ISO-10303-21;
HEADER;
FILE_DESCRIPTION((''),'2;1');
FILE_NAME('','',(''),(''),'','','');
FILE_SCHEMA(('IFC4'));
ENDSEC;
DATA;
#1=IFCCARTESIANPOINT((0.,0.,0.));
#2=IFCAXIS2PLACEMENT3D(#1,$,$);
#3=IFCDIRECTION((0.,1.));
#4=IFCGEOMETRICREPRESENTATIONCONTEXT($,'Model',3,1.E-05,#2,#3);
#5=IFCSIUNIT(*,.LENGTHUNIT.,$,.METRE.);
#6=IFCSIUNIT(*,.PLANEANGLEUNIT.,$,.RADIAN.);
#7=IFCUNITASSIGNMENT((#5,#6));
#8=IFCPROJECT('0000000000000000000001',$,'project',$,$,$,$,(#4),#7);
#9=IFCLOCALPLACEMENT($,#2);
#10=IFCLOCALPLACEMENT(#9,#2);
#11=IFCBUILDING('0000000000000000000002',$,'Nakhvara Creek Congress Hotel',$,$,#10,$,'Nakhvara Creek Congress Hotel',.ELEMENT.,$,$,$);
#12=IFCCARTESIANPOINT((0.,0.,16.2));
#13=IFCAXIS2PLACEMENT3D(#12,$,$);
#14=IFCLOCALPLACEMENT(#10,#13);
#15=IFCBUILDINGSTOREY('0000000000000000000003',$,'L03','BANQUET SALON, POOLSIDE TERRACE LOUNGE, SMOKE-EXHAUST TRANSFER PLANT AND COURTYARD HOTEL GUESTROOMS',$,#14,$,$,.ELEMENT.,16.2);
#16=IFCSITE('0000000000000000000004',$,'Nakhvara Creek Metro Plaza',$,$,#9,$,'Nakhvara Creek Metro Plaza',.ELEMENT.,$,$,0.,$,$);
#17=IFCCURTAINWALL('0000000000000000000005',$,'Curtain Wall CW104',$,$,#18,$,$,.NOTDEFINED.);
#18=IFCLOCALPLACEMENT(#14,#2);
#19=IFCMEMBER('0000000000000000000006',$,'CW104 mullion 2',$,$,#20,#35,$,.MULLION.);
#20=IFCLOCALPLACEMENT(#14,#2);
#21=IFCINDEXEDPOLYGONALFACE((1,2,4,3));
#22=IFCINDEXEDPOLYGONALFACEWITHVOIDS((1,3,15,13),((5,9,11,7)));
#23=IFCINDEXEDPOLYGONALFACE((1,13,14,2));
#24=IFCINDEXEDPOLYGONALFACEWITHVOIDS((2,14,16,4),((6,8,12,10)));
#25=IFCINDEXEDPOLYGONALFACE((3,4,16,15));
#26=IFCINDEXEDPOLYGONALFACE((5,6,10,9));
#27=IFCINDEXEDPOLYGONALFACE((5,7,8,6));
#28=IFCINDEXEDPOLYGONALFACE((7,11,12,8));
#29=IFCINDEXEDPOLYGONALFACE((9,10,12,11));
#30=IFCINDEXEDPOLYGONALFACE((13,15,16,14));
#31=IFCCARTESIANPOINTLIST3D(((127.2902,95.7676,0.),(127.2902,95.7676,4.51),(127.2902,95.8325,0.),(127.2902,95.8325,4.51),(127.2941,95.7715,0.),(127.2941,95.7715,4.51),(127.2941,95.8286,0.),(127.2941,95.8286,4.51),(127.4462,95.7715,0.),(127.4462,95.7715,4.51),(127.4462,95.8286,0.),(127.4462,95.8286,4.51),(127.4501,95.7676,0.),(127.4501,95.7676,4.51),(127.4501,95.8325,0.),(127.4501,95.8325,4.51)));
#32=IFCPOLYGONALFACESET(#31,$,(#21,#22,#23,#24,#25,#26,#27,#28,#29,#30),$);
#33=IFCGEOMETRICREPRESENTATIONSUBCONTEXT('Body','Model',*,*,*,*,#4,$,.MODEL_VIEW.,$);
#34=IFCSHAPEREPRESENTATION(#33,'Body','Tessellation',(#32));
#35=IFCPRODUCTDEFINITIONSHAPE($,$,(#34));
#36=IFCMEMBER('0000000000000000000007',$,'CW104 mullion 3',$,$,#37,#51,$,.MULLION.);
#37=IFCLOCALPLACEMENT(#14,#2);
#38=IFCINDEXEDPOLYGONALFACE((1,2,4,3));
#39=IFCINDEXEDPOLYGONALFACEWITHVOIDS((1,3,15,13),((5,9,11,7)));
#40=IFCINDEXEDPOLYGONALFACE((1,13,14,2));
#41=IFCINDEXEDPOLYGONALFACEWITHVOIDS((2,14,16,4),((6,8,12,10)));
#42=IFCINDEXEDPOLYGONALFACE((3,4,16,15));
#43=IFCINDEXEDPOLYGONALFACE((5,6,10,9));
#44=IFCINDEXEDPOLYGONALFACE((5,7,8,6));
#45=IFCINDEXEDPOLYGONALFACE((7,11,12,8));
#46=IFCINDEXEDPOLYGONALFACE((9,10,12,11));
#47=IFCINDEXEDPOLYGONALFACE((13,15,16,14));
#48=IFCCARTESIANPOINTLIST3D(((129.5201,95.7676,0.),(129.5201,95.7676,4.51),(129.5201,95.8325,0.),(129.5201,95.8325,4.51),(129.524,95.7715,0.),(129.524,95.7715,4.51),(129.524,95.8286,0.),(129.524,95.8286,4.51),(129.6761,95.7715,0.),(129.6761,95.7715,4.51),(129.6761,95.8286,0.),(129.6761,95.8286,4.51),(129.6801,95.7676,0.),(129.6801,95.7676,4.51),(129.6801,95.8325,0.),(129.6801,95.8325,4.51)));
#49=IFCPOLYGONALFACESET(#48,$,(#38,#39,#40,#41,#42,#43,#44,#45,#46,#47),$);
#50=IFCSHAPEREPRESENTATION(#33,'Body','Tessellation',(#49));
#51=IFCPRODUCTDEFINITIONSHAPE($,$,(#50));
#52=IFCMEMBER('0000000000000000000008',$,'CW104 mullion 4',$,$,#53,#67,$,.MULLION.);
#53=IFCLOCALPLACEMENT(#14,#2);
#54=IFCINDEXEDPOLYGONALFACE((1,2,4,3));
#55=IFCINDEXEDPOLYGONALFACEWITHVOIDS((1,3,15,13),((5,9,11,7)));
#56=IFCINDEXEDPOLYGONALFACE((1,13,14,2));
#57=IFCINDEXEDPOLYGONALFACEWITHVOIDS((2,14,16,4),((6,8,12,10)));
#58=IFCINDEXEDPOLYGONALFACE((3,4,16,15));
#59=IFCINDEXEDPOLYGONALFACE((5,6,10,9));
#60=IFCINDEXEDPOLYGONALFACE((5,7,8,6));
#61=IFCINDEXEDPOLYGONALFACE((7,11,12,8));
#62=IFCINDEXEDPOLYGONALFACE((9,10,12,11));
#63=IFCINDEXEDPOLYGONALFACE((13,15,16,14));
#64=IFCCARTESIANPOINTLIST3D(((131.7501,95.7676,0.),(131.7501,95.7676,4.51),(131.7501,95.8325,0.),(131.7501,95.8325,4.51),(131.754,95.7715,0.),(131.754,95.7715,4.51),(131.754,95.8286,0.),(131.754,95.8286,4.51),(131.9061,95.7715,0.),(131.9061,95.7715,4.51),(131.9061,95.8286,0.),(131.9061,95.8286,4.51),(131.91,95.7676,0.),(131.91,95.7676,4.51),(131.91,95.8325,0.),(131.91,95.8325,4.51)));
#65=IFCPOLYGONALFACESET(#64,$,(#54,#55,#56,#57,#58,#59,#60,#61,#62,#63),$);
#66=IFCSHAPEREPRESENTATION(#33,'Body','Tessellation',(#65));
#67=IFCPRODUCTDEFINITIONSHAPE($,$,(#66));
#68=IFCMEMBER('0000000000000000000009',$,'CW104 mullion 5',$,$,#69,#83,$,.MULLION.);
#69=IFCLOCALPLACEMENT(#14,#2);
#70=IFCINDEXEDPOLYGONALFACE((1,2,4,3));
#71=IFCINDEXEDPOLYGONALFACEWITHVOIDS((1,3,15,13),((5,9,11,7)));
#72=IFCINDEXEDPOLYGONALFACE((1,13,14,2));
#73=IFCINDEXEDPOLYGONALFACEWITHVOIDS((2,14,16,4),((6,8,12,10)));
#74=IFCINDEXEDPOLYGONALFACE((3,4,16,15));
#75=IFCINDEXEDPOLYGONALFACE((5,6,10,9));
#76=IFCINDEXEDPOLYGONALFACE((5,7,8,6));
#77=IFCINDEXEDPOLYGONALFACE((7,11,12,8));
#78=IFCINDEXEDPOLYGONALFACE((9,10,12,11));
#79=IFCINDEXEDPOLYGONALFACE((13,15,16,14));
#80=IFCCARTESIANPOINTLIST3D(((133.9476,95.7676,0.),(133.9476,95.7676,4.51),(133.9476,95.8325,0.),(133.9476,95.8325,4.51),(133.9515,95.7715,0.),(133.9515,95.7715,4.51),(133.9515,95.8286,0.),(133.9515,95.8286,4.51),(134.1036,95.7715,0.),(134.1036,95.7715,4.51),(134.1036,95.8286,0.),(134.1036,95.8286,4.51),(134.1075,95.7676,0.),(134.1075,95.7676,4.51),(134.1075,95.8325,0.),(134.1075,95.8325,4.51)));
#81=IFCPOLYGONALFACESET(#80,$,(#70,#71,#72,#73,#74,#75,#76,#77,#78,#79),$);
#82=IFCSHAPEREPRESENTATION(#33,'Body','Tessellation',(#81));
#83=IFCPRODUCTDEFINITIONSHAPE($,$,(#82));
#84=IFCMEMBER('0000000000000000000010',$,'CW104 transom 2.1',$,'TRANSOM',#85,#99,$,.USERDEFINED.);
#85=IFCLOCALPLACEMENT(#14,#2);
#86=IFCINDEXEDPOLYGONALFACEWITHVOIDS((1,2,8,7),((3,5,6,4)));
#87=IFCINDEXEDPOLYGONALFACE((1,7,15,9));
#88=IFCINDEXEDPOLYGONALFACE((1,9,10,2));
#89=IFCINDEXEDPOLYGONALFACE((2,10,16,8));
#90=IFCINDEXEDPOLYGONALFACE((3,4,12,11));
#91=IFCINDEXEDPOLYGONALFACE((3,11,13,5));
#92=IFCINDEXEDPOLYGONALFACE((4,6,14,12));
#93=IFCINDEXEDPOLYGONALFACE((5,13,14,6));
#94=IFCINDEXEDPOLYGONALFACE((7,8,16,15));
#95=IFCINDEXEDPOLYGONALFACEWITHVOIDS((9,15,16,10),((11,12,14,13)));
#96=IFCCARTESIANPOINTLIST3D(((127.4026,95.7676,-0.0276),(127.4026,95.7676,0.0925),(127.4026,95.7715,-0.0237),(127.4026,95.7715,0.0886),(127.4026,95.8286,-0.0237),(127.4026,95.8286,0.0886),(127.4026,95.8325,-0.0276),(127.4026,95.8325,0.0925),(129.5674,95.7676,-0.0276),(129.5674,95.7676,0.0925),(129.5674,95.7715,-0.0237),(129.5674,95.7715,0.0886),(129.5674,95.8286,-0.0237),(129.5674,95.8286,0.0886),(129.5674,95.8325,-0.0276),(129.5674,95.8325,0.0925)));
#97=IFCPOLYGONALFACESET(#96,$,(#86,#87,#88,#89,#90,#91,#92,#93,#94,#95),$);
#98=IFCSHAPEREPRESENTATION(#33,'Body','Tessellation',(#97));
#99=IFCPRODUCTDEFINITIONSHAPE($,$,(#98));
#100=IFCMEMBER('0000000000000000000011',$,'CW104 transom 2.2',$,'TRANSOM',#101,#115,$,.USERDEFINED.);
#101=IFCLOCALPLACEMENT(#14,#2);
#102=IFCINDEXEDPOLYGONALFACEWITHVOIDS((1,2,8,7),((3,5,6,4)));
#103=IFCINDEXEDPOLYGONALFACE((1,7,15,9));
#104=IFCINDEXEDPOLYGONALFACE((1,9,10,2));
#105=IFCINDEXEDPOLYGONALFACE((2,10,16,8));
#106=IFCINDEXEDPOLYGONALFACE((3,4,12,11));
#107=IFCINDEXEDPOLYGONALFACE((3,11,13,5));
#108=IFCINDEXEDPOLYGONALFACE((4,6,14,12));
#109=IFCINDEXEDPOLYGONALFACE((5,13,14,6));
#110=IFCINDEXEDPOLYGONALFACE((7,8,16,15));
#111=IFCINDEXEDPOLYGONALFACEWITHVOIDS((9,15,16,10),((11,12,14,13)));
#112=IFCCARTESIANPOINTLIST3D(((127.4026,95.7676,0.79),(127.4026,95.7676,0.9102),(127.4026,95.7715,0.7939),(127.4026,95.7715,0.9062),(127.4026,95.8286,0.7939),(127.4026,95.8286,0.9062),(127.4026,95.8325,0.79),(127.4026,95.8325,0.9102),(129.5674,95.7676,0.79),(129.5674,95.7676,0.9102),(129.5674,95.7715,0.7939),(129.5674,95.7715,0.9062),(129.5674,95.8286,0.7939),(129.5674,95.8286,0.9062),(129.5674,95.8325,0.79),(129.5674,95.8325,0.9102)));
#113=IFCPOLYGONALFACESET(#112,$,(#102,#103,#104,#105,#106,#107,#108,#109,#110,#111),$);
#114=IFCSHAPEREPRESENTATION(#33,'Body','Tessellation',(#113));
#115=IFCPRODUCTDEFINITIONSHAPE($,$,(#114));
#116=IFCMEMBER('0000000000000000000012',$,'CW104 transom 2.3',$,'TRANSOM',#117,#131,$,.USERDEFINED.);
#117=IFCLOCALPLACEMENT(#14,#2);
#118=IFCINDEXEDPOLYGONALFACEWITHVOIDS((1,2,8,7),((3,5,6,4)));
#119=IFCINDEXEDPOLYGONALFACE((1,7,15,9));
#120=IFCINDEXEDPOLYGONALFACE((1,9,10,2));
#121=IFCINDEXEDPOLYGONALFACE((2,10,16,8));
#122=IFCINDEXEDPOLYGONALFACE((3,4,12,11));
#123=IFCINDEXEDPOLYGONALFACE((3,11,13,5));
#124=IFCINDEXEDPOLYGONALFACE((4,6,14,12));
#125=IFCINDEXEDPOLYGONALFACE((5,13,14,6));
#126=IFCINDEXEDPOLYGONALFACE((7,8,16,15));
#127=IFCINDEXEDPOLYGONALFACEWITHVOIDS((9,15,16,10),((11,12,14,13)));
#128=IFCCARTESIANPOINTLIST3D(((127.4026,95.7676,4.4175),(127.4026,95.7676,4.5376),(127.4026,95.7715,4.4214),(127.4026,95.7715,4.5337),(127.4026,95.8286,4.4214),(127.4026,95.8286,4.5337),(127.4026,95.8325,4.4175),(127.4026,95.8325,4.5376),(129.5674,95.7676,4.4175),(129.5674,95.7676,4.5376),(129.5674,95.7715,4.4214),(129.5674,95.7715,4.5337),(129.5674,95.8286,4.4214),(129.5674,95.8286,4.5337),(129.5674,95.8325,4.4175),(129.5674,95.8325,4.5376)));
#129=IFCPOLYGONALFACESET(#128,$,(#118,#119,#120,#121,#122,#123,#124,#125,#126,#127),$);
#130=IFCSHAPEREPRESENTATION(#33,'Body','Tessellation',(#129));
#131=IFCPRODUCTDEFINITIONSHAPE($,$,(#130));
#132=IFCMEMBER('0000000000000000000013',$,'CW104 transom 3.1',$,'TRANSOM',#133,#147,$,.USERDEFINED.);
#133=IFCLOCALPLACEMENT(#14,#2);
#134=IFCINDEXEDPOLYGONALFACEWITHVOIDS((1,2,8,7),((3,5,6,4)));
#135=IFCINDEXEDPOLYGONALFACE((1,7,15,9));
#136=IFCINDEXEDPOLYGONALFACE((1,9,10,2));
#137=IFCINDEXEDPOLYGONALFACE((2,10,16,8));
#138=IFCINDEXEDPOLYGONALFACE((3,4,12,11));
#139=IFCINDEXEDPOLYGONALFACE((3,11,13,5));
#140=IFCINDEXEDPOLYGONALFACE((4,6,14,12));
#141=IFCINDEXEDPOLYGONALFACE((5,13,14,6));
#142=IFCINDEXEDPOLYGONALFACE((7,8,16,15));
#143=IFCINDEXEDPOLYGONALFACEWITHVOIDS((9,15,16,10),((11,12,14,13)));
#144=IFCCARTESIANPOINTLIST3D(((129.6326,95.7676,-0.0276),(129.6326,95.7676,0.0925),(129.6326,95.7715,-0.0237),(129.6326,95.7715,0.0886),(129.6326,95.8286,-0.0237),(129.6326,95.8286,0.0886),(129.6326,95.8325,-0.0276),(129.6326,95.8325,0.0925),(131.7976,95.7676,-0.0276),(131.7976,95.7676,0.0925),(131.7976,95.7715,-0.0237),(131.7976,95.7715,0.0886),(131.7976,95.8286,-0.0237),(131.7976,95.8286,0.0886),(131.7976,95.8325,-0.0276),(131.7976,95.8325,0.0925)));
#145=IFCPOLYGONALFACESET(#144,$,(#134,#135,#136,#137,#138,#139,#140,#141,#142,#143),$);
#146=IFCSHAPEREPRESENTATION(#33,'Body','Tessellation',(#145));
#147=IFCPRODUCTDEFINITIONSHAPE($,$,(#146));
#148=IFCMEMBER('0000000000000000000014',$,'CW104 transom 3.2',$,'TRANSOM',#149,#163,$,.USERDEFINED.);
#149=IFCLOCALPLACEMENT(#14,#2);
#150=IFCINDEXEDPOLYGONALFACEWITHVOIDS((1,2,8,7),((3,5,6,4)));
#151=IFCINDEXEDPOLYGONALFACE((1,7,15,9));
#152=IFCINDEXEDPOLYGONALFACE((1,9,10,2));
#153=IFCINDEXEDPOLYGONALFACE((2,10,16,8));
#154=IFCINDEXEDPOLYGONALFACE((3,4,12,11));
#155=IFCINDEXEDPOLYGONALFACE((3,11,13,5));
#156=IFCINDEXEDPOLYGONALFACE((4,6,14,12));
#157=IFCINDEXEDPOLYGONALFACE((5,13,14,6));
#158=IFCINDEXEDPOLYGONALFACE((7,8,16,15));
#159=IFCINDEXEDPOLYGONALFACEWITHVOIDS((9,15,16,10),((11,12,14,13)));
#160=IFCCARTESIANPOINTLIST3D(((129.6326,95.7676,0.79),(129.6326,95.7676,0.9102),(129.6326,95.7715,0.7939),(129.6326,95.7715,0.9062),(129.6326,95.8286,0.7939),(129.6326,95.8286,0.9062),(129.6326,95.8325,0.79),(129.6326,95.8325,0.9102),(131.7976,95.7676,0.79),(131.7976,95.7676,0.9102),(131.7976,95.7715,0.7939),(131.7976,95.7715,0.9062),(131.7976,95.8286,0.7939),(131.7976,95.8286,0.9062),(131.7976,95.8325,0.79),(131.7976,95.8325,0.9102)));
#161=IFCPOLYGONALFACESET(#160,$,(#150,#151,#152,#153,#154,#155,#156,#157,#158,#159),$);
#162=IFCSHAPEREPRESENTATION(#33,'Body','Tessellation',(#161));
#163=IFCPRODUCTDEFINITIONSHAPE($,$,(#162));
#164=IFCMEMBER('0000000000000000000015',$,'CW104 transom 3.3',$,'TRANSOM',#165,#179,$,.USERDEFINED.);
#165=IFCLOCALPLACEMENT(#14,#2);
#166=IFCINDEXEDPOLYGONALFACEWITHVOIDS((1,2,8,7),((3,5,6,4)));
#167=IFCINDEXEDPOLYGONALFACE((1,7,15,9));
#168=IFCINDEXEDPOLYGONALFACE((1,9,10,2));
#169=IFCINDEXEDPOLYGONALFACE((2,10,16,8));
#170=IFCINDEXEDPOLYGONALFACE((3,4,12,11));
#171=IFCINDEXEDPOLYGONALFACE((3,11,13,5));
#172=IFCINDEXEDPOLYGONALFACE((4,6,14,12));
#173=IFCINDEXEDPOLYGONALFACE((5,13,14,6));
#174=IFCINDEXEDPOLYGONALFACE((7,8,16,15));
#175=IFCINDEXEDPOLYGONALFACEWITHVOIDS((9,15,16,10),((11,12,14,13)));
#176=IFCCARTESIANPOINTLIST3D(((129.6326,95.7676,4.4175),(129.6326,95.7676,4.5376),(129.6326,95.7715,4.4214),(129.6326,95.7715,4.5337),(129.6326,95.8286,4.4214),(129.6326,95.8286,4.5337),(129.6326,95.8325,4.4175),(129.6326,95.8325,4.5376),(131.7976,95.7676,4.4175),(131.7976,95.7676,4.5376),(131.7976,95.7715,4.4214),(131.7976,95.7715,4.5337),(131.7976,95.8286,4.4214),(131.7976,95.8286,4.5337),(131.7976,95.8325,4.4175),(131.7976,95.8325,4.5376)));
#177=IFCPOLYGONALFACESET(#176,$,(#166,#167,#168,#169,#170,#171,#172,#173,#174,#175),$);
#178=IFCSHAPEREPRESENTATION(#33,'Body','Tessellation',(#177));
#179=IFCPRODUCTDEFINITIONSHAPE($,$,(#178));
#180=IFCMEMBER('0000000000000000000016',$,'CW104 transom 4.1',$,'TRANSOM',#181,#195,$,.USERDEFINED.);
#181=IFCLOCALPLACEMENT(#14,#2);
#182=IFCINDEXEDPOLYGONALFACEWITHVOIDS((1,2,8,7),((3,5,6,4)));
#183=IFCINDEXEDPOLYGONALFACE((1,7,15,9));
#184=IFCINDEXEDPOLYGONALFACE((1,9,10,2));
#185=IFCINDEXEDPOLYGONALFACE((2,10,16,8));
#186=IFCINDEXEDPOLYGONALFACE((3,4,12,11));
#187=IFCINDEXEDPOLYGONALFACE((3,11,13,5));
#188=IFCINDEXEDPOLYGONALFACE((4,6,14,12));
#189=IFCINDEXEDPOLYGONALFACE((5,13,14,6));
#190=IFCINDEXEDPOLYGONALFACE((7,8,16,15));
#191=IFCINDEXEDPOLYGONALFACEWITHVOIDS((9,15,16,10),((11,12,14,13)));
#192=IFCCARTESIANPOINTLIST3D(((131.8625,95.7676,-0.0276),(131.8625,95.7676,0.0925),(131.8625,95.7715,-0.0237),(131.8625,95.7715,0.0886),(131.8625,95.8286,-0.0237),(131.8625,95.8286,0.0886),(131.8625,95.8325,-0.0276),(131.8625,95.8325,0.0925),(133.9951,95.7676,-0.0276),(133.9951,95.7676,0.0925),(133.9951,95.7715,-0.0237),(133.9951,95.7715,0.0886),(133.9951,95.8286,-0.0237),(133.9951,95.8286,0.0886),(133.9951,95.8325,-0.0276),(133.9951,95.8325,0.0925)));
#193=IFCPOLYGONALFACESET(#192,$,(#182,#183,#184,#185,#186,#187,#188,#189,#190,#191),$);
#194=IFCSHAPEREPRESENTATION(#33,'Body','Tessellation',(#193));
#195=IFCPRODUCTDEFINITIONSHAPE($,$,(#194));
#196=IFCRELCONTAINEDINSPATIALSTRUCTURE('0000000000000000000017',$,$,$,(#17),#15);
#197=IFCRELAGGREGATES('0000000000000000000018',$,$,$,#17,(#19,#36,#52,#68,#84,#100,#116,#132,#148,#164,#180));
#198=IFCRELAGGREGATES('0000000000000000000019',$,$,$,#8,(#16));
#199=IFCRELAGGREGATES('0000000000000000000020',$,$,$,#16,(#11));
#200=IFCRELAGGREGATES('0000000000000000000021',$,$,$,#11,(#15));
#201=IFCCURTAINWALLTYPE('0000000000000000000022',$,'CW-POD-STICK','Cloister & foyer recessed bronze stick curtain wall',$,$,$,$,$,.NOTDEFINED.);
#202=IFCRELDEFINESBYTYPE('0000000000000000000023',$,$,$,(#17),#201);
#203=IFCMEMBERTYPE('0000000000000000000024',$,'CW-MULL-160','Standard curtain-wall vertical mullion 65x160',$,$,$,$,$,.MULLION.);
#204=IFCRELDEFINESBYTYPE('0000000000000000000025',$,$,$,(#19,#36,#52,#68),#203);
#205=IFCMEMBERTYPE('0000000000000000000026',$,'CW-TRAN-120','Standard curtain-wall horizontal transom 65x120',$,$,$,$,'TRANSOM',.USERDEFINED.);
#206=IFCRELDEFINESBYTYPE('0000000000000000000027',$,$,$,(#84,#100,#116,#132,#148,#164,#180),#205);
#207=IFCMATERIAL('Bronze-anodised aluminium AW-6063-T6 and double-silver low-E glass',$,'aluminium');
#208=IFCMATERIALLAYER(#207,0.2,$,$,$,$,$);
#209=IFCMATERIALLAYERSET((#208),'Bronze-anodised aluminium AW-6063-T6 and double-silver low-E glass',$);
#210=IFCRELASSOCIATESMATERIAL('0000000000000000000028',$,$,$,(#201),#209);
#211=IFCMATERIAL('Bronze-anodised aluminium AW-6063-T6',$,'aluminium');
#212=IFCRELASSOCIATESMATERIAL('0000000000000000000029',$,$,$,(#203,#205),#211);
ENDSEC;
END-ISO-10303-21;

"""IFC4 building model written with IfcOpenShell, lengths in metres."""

from ifc_helpers import new_model, si_unit, direction, frame, origin, origin_2d, place, context, subcontext, project, spatial, hollow_rectangle, extrude, material, layer, layer_set, material_profile, profile_set, type_object, element, aggregate, save


model = new_model("IFC4")

# Units and contexts
model_context = context("Model", 3, precision=1e-05, world=origin(), true_north=direction((0.0, 1.0)))
body_context = subcontext(model_context, "Body", "Model", "MODEL_VIEW")
ifc_project = project(units=[si_unit("LENGTHUNIT", "METRE"), si_unit("PLANEANGLEUNIT", "RADIAN")], contexts=[model_context])

# Site, building, storey
site_placement = place(None, origin())
site = spatial("IfcSite", under=ifc_project, at=site_placement, Name="Nakhvara Creek Metro Plaza", LongName="Nakhvara Creek Metro Plaza", CompositionType="ELEMENT", RefElevation=0.0)
building_placement = place(site_placement, origin())
building = spatial("IfcBuilding", under=site, at=building_placement, Name="Nakhvara Creek Congress Hotel", LongName="Nakhvara Creek Congress Hotel", CompositionType="ELEMENT")
storey_placement = place(building_placement, frame((0.0, 0.0, 16.2)))
storey = spatial("IfcBuildingStorey", under=building, at=storey_placement, Name="L03", Description="BANQUET SALON, POOLSIDE TERRACE LOUNGE, SMOKE-EXHAUST TRANSFER PLANT AND COURTYARD HOTEL GUESTROOMS", CompositionType="ELEMENT", Elevation=16.2)

# Curtain wall, members
ifc_material_1 = material(Name="Bronze-anodised aluminium AW-6063-T6 and double-silver low-E glass", Category="aluminium")
ifc_layer = layer(ifc_material_1, 0.2)
ifc_layer_set = layer_set([ifc_layer], Name="Bronze-anodised aluminium AW-6063-T6 and double-silver low-E glass")
curtain_wall_type = type_object("IfcCurtainWallType", Name="CW-POD-STICK", Description="Cloister & foyer recessed bronze stick curtain wall", PredefinedType="NOTDEFINED", material=ifc_layer_set)
curtain_wall_placement = place(storey_placement, origin())
curtain_wall = element("IfcCurtainWall", 1, at=curtain_wall_placement, inside=storey, type_object=curtain_wall_type, Name="Curtain Wall CW104", PredefinedType="NOTDEFINED")
ifc_material_2 = material(Name="Bronze-anodised aluminium AW-6063-T6", Category="aluminium")
ifc_material_profile_1 = material_profile(ifc_material_2, hollow_rectangle(XDim=0.0649, YDim=0.1599, WallThickness=0.0039, at=origin_2d()), Name="ALU-MULL 65x160x4", Category="LoadBearing")
ifc_profile_set_1 = profile_set([ifc_material_profile_1], Name="Bronze-anodised aluminium AW-6063-T6")
member_type_1 = type_object("IfcMemberType", Name="CW-MULL-160", Description="Standard curtain-wall vertical mullion 65x160", PredefinedType="MULLION", material=ifc_profile_set_1)
member_1_placement = place(storey_placement, frame((127.3701, 95.8, 0.0), z_axis=(0.0, 0.0, 1.0), x_axis=(0.0, 1.0, 0.0)))
member_1 = element("IfcMember", 2, at=member_1_placement, type_object=member_type_1, Name="CW104 mullion 2", PredefinedType="MULLION", context=body_context, shape_type="SweptSolid", body=[
    extrude(hollow_rectangle(XDim=0.0649, YDim=0.1599, WallThickness=0.0039, at=origin_2d()), origin(), (0.0, 0.0, 1.0), 4.51),
])
member_2_placement = place(storey_placement, frame((129.6001, 95.8, 0.0), z_axis=(0.0, 0.0, 1.0), x_axis=(0.0, 1.0, 0.0)))
member_2 = element("IfcMember", 3, at=member_2_placement, type_object=member_type_1, Name="CW104 mullion 3", PredefinedType="MULLION", context=body_context, shape_type="SweptSolid", body=[
    extrude(hollow_rectangle(XDim=0.0649, YDim=0.1599, WallThickness=0.0039, at=origin_2d()), origin(), (0.0, 0.0, 1.0), 4.51),
])
member_3_placement = place(storey_placement, frame((131.8301, 95.8, 0.0), z_axis=(0.0, 0.0, 1.0), x_axis=(0.0, 1.0, 0.0)))
member_3 = element("IfcMember", 4, at=member_3_placement, type_object=member_type_1, Name="CW104 mullion 4", PredefinedType="MULLION", context=body_context, shape_type="SweptSolid", body=[
    extrude(hollow_rectangle(XDim=0.0649, YDim=0.1599, WallThickness=0.0039, at=origin_2d()), origin(), (0.0, 0.0, 1.0), 4.51),
])
member_4_placement = place(storey_placement, frame((134.0276, 95.8, 0.0), z_axis=(0.0, 0.0, 1.0), x_axis=(0.0, 1.0, 0.0)))
member_4 = element("IfcMember", 5, at=member_4_placement, type_object=member_type_1, Name="CW104 mullion 5", PredefinedType="MULLION", context=body_context, shape_type="SweptSolid", body=[
    extrude(hollow_rectangle(XDim=0.0649, YDim=0.1599, WallThickness=0.0039, at=origin_2d()), origin(), (0.0, 0.0, 1.0), 4.51),
])
ifc_material_profile_2 = material_profile(ifc_material_2, hollow_rectangle(XDim=0.0649, YDim=0.1201, WallThickness=0.0039, at=origin_2d()), Name="ALU-TRAN 65x120x4", Category="LoadBearing")
ifc_profile_set_2 = profile_set([ifc_material_profile_2], Name="Bronze-anodised aluminium AW-6063-T6")
member_type_2 = type_object("IfcMemberType", Name="CW-TRAN-120", Description="Standard curtain-wall horizontal transom 65x120", ElementType="TRANSOM", PredefinedType="USERDEFINED", material=ifc_profile_set_2)
member_5_placement = place(storey_placement, frame((127.4026, 95.8, 0.0325), z_axis=(1.0, 0.0, 0.0), x_axis=(0.0, 1.0, 0.0)))
member_5 = element("IfcMember", 6, at=member_5_placement, type_object=member_type_2, Name="CW104 transom 2.1", ObjectType="TRANSOM", PredefinedType="USERDEFINED", context=body_context, shape_type="SweptSolid", body=[
    extrude(hollow_rectangle(XDim=0.0649, YDim=0.1201, WallThickness=0.0039, at=origin_2d()), origin(), (0.0, 0.0, 1.0), 2.1648),
])
member_6_placement = place(storey_placement, frame((127.4026, 95.8, 0.8501), z_axis=(1.0, 0.0, 0.0), x_axis=(0.0, 1.0, 0.0)))
member_6 = element("IfcMember", 7, at=member_6_placement, type_object=member_type_2, Name="CW104 transom 2.2", ObjectType="TRANSOM", PredefinedType="USERDEFINED", context=body_context, shape_type="SweptSolid", body=[
    extrude(hollow_rectangle(XDim=0.0649, YDim=0.1201, WallThickness=0.0039, at=origin_2d()), origin(), (0.0, 0.0, 1.0), 2.1648),
])
member_7_placement = place(storey_placement, frame((127.4026, 95.8, 4.4775), z_axis=(1.0, 0.0, 0.0), x_axis=(0.0, 1.0, 0.0)))
member_7 = element("IfcMember", 8, at=member_7_placement, type_object=member_type_2, Name="CW104 transom 2.3", ObjectType="TRANSOM", PredefinedType="USERDEFINED", context=body_context, shape_type="SweptSolid", body=[
    extrude(hollow_rectangle(XDim=0.0649, YDim=0.1201, WallThickness=0.0039, at=origin_2d()), origin(), (0.0, 0.0, 1.0), 2.1648),
])
member_8_placement = place(storey_placement, frame((129.6326, 95.8, 0.0325), z_axis=(1.0, 0.0, 0.0), x_axis=(0.0, 1.0, 0.0)))
member_8 = element("IfcMember", 9, at=member_8_placement, type_object=member_type_2, Name="CW104 transom 3.1", ObjectType="TRANSOM", PredefinedType="USERDEFINED", context=body_context, shape_type="SweptSolid", body=[
    extrude(hollow_rectangle(XDim=0.0649, YDim=0.1201, WallThickness=0.0039, at=origin_2d()), origin(), (0.0, 0.0, 1.0), 2.165),
])
member_9_placement = place(storey_placement, frame((129.6326, 95.8, 0.8501), z_axis=(1.0, 0.0, 0.0), x_axis=(0.0, 1.0, 0.0)))
member_9 = element("IfcMember", 10, at=member_9_placement, type_object=member_type_2, Name="CW104 transom 3.2", ObjectType="TRANSOM", PredefinedType="USERDEFINED", context=body_context, shape_type="SweptSolid", body=[
    extrude(hollow_rectangle(XDim=0.0649, YDim=0.1201, WallThickness=0.0039, at=origin_2d()), origin(), (0.0, 0.0, 1.0), 2.165),
])
member_10_placement = place(storey_placement, frame((129.6326, 95.8, 4.4775), z_axis=(1.0, 0.0, 0.0), x_axis=(0.0, 1.0, 0.0)))
member_10 = element("IfcMember", 11, at=member_10_placement, type_object=member_type_2, Name="CW104 transom 3.3", ObjectType="TRANSOM", PredefinedType="USERDEFINED", context=body_context, shape_type="SweptSolid", body=[
    extrude(hollow_rectangle(XDim=0.0649, YDim=0.1201, WallThickness=0.0039, at=origin_2d()), origin(), (0.0, 0.0, 1.0), 2.165),
])
member_11_placement = place(storey_placement, frame((131.8625, 95.8, 0.0325), z_axis=(1.0, 0.0, 0.0), x_axis=(0.0, 1.0, 0.0)))
member_11 = element("IfcMember", 12, at=member_11_placement, type_object=member_type_2, Name="CW104 transom 4.1", ObjectType="TRANSOM", PredefinedType="USERDEFINED", context=body_context, shape_type="SweptSolid", body=[
    extrude(hollow_rectangle(XDim=0.0649, YDim=0.1201, WallThickness=0.0039, at=origin_2d()), origin(), (0.0, 0.0, 1.0), 2.1326),
])
aggregate(curtain_wall, [member_1, member_2, member_3, member_4, member_5, member_6, member_7, member_8, member_9, member_10, member_11])

save(model, "model.ifc")
